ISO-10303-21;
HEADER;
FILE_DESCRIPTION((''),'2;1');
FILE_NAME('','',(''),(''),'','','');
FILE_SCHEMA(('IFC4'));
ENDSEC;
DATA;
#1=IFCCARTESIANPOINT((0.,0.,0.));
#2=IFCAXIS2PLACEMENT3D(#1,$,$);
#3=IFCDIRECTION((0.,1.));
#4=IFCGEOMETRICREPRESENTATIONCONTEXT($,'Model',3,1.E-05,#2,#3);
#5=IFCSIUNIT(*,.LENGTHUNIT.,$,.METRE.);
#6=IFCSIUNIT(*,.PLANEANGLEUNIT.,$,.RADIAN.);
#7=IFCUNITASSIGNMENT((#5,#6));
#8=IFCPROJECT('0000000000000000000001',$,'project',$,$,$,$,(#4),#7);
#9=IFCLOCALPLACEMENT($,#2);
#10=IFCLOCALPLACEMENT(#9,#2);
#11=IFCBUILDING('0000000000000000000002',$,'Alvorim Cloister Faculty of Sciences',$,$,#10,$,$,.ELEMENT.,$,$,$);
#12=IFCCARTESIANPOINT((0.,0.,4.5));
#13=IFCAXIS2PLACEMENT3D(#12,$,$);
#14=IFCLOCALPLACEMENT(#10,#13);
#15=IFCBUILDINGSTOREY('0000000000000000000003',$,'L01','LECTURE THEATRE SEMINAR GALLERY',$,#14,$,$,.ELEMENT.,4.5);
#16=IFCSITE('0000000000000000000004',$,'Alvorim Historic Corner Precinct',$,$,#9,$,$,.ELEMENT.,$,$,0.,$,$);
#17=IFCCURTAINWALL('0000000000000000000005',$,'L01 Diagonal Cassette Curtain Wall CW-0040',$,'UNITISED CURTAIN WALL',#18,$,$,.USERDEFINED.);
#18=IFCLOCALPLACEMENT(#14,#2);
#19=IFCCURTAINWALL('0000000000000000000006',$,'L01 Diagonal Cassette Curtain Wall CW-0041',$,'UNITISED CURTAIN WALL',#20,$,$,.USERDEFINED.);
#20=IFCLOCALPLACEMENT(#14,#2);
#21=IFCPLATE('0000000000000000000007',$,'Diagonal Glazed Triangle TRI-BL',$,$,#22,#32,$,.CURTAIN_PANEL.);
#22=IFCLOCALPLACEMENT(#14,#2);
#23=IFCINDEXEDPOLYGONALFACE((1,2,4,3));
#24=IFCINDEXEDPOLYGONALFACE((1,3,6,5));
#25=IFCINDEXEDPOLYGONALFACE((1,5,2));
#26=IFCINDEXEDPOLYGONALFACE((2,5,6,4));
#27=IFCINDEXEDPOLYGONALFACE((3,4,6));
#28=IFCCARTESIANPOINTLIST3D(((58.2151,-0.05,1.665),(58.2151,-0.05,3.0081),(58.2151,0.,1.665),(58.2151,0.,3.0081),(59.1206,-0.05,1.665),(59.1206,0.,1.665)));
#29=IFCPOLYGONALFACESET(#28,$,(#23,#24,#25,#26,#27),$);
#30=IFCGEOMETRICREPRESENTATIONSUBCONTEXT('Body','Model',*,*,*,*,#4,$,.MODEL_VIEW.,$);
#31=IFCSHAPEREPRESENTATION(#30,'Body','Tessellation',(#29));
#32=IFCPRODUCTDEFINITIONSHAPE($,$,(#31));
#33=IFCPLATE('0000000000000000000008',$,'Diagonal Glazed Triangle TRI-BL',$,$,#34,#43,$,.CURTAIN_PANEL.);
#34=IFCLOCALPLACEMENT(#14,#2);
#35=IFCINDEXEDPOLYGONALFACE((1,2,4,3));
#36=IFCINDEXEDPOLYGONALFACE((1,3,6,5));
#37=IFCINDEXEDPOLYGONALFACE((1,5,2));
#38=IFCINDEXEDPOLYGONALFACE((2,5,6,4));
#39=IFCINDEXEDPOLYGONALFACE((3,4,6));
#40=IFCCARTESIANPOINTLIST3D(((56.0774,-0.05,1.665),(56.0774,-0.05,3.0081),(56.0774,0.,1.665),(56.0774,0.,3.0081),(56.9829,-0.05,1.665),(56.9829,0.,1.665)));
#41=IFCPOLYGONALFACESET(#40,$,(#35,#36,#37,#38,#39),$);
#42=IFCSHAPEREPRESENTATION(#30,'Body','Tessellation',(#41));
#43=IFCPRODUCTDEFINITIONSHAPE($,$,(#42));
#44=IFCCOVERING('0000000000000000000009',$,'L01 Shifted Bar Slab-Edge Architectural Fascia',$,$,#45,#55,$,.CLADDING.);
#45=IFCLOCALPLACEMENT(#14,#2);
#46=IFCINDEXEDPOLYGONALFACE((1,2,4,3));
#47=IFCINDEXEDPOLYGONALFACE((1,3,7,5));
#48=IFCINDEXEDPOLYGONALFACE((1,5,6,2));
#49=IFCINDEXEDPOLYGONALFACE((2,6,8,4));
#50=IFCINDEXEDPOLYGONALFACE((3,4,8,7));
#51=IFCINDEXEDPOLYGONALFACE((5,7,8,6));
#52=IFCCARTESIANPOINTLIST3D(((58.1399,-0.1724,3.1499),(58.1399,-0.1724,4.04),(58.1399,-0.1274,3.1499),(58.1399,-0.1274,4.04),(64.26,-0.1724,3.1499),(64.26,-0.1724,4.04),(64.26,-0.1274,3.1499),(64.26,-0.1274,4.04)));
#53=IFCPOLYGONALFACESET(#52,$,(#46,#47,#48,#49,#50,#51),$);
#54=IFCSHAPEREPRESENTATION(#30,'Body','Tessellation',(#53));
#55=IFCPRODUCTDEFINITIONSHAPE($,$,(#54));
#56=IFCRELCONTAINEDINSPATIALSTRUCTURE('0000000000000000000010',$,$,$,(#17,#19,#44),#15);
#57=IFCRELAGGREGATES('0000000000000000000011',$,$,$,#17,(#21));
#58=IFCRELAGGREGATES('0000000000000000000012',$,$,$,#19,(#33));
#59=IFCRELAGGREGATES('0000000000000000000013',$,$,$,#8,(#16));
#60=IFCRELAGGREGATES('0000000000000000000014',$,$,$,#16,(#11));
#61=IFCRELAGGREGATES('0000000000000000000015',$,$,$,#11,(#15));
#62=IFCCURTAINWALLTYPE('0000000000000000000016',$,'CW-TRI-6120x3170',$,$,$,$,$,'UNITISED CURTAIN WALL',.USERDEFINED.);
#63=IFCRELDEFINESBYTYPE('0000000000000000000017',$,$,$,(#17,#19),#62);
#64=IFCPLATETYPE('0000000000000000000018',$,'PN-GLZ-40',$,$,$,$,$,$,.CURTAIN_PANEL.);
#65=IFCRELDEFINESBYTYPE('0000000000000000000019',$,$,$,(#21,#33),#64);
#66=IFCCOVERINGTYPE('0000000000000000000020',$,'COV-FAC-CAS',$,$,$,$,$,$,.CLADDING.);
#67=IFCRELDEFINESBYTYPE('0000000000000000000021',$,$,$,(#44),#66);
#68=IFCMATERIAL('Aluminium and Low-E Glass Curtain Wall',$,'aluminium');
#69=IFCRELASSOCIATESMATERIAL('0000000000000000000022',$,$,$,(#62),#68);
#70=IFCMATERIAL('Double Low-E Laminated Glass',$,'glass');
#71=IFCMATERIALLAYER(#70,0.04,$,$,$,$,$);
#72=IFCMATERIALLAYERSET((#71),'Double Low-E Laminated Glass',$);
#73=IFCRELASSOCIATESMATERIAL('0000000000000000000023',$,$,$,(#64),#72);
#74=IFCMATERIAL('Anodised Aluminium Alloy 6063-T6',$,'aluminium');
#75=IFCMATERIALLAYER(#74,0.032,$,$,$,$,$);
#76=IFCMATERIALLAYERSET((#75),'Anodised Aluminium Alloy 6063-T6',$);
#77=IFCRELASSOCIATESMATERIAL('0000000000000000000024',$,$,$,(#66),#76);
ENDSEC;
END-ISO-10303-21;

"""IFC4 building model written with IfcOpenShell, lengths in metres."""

from ifc_helpers import new_model, si_unit, direction, frame, origin, place, context, subcontext, project, spatial, polyline, outline, extrude, material, layer, layer_set, type_object, element, aggregate, save


model = new_model("IFC4")

# Units and contexts
model_context = context("Model", 3, precision=1e-05, world=origin(), true_north=direction((0.0, 1.0)))
body_context = subcontext(model_context, "Body", "Model", "MODEL_VIEW")
ifc_project = project(units=[si_unit("LENGTHUNIT", "METRE"), si_unit("PLANEANGLEUNIT", "RADIAN")], contexts=[model_context])

# Site, building, storey
site_placement = place(None, origin())
site = spatial("IfcSite", under=ifc_project, at=site_placement, Name="Alvorim Historic Corner Precinct", CompositionType="ELEMENT", RefElevation=0.0)
building_placement = place(site_placement, origin())
building = spatial("IfcBuilding", under=site, at=building_placement, Name="Alvorim Cloister Faculty of Sciences", CompositionType="ELEMENT")
storey_placement = place(building_placement, frame((0.0, 0.0, 4.5)))
storey = spatial("IfcBuildingStorey", under=building, at=storey_placement, Name="L01", Description="LECTURE THEATRE SEMINAR GALLERY", CompositionType="ELEMENT", Elevation=4.5)

# Curtain wall
ifc_material_1 = material(Name="Aluminium and Low-E Glass Curtain Wall", Category="aluminium")
curtain_wall_type = type_object("IfcCurtainWallType", Name="CW-TRI-6120x3170", ElementType="UNITISED CURTAIN WALL", PredefinedType="USERDEFINED", material=ifc_material_1)
curtain_wall_1_placement = place(storey_placement, origin())
curtain_wall_1 = element("IfcCurtainWall", 1, at=curtain_wall_1_placement, inside=storey, type_object=curtain_wall_type, Name="L01 Diagonal Cassette Curtain Wall CW-0040", ObjectType="UNITISED CURTAIN WALL", PredefinedType="USERDEFINED")

# Curtain wall
curtain_wall_2_placement = place(storey_placement, origin())
curtain_wall_2 = element("IfcCurtainWall", 2, at=curtain_wall_2_placement, inside=storey, type_object=curtain_wall_type, Name="L01 Diagonal Cassette Curtain Wall CW-0041", ObjectType="UNITISED CURTAIN WALL", PredefinedType="USERDEFINED")

# Plates
ifc_material_2 = material(Name="Double Low-E Laminated Glass", Category="glass")
ifc_layer_1 = layer(ifc_material_2, 0.04)
ifc_layer_set_1 = layer_set([ifc_layer_1], Name="Double Low-E Laminated Glass")
plate_type = type_object("IfcPlateType", Name="PN-GLZ-40", PredefinedType="CURTAIN_PANEL", material=ifc_layer_set_1)
plate_1_placement = place(storey_placement, frame((58.2151, -0.0249, 1.665), z_axis=(0.0, 0.0, 1.0), x_axis=(1.0, 0.0, 0.0)))
plate_1 = element("IfcPlate", 3, at=plate_1_placement, type_object=plate_type, Name="Diagonal Glazed Triangle TRI-BL", PredefinedType="CURTAIN_PANEL", context=body_context, shape_type="SweptSolid", body=[
    extrude(outline(polyline([(0.0, 0.0), (0.9055, 0.0), (0.0, 1.343), (0.0, 0.0)])), frame((0.0, 0.0249, 0.0), z_axis=(0.0, -1.0, 0.0), x_axis=(1.0, 0.0, 0.0)), (0.0, 0.0, 1.0), 0.05),
])
aggregate(curtain_wall_1, [plate_1])
plate_2_placement = place(storey_placement, frame((56.0774, -0.0249, 1.665), z_axis=(0.0, 0.0, 1.0), x_axis=(1.0, 0.0, 0.0)))
plate_2 = element("IfcPlate", 4, at=plate_2_placement, type_object=plate_type, Name="Diagonal Glazed Triangle TRI-BL", PredefinedType="CURTAIN_PANEL", context=body_context, shape_type="SweptSolid", body=[
    extrude(outline(polyline([(0.0, 0.0), (0.9055, 0.0), (0.0, 1.343), (0.0, 0.0)])), frame((0.0, 0.0249, 0.0), z_axis=(0.0, -1.0, 0.0), x_axis=(1.0, 0.0, 0.0)), (0.0, 0.0, 1.0), 0.05),
])
aggregate(curtain_wall_2, [plate_2])

# Covering
ifc_material_3 = material(Name="Anodised Aluminium Alloy 6063-T6", Category="aluminium")
ifc_layer_2 = layer(ifc_material_3, 0.032)
ifc_layer_set_2 = layer_set([ifc_layer_2], Name="Anodised Aluminium Alloy 6063-T6")
covering_type = type_object("IfcCoveringType", Name="COV-FAC-CAS", PredefinedType="CLADDING", material=ifc_layer_set_2)
covering_placement = place(storey_placement, frame((58.1399, -0.1499, 3.1499), z_axis=(0.0, 0.0, 1.0), x_axis=(1.0, 0.0, 0.0)))
element("IfcCovering", 5, at=covering_placement, inside=storey, type_object=covering_type, Name="L01 Shifted Bar Slab-Edge Architectural Fascia", PredefinedType="CLADDING", context=body_context, shape_type="SweptSolid", body=[
    extrude(outline(polyline([(0.0, 0.0), (6.1201, 0.0), (6.1201, 0.8901), (0.0, 0.8901), (0.0, 0.0)])), frame((0.0, 0.0225, 0.0), z_axis=(0.0, -1.0, 0.0), x_axis=(1.0, 0.0, 0.0)), (0.0, 0.0, 1.0), 0.0449),
])

save(model, "model.ifc")
